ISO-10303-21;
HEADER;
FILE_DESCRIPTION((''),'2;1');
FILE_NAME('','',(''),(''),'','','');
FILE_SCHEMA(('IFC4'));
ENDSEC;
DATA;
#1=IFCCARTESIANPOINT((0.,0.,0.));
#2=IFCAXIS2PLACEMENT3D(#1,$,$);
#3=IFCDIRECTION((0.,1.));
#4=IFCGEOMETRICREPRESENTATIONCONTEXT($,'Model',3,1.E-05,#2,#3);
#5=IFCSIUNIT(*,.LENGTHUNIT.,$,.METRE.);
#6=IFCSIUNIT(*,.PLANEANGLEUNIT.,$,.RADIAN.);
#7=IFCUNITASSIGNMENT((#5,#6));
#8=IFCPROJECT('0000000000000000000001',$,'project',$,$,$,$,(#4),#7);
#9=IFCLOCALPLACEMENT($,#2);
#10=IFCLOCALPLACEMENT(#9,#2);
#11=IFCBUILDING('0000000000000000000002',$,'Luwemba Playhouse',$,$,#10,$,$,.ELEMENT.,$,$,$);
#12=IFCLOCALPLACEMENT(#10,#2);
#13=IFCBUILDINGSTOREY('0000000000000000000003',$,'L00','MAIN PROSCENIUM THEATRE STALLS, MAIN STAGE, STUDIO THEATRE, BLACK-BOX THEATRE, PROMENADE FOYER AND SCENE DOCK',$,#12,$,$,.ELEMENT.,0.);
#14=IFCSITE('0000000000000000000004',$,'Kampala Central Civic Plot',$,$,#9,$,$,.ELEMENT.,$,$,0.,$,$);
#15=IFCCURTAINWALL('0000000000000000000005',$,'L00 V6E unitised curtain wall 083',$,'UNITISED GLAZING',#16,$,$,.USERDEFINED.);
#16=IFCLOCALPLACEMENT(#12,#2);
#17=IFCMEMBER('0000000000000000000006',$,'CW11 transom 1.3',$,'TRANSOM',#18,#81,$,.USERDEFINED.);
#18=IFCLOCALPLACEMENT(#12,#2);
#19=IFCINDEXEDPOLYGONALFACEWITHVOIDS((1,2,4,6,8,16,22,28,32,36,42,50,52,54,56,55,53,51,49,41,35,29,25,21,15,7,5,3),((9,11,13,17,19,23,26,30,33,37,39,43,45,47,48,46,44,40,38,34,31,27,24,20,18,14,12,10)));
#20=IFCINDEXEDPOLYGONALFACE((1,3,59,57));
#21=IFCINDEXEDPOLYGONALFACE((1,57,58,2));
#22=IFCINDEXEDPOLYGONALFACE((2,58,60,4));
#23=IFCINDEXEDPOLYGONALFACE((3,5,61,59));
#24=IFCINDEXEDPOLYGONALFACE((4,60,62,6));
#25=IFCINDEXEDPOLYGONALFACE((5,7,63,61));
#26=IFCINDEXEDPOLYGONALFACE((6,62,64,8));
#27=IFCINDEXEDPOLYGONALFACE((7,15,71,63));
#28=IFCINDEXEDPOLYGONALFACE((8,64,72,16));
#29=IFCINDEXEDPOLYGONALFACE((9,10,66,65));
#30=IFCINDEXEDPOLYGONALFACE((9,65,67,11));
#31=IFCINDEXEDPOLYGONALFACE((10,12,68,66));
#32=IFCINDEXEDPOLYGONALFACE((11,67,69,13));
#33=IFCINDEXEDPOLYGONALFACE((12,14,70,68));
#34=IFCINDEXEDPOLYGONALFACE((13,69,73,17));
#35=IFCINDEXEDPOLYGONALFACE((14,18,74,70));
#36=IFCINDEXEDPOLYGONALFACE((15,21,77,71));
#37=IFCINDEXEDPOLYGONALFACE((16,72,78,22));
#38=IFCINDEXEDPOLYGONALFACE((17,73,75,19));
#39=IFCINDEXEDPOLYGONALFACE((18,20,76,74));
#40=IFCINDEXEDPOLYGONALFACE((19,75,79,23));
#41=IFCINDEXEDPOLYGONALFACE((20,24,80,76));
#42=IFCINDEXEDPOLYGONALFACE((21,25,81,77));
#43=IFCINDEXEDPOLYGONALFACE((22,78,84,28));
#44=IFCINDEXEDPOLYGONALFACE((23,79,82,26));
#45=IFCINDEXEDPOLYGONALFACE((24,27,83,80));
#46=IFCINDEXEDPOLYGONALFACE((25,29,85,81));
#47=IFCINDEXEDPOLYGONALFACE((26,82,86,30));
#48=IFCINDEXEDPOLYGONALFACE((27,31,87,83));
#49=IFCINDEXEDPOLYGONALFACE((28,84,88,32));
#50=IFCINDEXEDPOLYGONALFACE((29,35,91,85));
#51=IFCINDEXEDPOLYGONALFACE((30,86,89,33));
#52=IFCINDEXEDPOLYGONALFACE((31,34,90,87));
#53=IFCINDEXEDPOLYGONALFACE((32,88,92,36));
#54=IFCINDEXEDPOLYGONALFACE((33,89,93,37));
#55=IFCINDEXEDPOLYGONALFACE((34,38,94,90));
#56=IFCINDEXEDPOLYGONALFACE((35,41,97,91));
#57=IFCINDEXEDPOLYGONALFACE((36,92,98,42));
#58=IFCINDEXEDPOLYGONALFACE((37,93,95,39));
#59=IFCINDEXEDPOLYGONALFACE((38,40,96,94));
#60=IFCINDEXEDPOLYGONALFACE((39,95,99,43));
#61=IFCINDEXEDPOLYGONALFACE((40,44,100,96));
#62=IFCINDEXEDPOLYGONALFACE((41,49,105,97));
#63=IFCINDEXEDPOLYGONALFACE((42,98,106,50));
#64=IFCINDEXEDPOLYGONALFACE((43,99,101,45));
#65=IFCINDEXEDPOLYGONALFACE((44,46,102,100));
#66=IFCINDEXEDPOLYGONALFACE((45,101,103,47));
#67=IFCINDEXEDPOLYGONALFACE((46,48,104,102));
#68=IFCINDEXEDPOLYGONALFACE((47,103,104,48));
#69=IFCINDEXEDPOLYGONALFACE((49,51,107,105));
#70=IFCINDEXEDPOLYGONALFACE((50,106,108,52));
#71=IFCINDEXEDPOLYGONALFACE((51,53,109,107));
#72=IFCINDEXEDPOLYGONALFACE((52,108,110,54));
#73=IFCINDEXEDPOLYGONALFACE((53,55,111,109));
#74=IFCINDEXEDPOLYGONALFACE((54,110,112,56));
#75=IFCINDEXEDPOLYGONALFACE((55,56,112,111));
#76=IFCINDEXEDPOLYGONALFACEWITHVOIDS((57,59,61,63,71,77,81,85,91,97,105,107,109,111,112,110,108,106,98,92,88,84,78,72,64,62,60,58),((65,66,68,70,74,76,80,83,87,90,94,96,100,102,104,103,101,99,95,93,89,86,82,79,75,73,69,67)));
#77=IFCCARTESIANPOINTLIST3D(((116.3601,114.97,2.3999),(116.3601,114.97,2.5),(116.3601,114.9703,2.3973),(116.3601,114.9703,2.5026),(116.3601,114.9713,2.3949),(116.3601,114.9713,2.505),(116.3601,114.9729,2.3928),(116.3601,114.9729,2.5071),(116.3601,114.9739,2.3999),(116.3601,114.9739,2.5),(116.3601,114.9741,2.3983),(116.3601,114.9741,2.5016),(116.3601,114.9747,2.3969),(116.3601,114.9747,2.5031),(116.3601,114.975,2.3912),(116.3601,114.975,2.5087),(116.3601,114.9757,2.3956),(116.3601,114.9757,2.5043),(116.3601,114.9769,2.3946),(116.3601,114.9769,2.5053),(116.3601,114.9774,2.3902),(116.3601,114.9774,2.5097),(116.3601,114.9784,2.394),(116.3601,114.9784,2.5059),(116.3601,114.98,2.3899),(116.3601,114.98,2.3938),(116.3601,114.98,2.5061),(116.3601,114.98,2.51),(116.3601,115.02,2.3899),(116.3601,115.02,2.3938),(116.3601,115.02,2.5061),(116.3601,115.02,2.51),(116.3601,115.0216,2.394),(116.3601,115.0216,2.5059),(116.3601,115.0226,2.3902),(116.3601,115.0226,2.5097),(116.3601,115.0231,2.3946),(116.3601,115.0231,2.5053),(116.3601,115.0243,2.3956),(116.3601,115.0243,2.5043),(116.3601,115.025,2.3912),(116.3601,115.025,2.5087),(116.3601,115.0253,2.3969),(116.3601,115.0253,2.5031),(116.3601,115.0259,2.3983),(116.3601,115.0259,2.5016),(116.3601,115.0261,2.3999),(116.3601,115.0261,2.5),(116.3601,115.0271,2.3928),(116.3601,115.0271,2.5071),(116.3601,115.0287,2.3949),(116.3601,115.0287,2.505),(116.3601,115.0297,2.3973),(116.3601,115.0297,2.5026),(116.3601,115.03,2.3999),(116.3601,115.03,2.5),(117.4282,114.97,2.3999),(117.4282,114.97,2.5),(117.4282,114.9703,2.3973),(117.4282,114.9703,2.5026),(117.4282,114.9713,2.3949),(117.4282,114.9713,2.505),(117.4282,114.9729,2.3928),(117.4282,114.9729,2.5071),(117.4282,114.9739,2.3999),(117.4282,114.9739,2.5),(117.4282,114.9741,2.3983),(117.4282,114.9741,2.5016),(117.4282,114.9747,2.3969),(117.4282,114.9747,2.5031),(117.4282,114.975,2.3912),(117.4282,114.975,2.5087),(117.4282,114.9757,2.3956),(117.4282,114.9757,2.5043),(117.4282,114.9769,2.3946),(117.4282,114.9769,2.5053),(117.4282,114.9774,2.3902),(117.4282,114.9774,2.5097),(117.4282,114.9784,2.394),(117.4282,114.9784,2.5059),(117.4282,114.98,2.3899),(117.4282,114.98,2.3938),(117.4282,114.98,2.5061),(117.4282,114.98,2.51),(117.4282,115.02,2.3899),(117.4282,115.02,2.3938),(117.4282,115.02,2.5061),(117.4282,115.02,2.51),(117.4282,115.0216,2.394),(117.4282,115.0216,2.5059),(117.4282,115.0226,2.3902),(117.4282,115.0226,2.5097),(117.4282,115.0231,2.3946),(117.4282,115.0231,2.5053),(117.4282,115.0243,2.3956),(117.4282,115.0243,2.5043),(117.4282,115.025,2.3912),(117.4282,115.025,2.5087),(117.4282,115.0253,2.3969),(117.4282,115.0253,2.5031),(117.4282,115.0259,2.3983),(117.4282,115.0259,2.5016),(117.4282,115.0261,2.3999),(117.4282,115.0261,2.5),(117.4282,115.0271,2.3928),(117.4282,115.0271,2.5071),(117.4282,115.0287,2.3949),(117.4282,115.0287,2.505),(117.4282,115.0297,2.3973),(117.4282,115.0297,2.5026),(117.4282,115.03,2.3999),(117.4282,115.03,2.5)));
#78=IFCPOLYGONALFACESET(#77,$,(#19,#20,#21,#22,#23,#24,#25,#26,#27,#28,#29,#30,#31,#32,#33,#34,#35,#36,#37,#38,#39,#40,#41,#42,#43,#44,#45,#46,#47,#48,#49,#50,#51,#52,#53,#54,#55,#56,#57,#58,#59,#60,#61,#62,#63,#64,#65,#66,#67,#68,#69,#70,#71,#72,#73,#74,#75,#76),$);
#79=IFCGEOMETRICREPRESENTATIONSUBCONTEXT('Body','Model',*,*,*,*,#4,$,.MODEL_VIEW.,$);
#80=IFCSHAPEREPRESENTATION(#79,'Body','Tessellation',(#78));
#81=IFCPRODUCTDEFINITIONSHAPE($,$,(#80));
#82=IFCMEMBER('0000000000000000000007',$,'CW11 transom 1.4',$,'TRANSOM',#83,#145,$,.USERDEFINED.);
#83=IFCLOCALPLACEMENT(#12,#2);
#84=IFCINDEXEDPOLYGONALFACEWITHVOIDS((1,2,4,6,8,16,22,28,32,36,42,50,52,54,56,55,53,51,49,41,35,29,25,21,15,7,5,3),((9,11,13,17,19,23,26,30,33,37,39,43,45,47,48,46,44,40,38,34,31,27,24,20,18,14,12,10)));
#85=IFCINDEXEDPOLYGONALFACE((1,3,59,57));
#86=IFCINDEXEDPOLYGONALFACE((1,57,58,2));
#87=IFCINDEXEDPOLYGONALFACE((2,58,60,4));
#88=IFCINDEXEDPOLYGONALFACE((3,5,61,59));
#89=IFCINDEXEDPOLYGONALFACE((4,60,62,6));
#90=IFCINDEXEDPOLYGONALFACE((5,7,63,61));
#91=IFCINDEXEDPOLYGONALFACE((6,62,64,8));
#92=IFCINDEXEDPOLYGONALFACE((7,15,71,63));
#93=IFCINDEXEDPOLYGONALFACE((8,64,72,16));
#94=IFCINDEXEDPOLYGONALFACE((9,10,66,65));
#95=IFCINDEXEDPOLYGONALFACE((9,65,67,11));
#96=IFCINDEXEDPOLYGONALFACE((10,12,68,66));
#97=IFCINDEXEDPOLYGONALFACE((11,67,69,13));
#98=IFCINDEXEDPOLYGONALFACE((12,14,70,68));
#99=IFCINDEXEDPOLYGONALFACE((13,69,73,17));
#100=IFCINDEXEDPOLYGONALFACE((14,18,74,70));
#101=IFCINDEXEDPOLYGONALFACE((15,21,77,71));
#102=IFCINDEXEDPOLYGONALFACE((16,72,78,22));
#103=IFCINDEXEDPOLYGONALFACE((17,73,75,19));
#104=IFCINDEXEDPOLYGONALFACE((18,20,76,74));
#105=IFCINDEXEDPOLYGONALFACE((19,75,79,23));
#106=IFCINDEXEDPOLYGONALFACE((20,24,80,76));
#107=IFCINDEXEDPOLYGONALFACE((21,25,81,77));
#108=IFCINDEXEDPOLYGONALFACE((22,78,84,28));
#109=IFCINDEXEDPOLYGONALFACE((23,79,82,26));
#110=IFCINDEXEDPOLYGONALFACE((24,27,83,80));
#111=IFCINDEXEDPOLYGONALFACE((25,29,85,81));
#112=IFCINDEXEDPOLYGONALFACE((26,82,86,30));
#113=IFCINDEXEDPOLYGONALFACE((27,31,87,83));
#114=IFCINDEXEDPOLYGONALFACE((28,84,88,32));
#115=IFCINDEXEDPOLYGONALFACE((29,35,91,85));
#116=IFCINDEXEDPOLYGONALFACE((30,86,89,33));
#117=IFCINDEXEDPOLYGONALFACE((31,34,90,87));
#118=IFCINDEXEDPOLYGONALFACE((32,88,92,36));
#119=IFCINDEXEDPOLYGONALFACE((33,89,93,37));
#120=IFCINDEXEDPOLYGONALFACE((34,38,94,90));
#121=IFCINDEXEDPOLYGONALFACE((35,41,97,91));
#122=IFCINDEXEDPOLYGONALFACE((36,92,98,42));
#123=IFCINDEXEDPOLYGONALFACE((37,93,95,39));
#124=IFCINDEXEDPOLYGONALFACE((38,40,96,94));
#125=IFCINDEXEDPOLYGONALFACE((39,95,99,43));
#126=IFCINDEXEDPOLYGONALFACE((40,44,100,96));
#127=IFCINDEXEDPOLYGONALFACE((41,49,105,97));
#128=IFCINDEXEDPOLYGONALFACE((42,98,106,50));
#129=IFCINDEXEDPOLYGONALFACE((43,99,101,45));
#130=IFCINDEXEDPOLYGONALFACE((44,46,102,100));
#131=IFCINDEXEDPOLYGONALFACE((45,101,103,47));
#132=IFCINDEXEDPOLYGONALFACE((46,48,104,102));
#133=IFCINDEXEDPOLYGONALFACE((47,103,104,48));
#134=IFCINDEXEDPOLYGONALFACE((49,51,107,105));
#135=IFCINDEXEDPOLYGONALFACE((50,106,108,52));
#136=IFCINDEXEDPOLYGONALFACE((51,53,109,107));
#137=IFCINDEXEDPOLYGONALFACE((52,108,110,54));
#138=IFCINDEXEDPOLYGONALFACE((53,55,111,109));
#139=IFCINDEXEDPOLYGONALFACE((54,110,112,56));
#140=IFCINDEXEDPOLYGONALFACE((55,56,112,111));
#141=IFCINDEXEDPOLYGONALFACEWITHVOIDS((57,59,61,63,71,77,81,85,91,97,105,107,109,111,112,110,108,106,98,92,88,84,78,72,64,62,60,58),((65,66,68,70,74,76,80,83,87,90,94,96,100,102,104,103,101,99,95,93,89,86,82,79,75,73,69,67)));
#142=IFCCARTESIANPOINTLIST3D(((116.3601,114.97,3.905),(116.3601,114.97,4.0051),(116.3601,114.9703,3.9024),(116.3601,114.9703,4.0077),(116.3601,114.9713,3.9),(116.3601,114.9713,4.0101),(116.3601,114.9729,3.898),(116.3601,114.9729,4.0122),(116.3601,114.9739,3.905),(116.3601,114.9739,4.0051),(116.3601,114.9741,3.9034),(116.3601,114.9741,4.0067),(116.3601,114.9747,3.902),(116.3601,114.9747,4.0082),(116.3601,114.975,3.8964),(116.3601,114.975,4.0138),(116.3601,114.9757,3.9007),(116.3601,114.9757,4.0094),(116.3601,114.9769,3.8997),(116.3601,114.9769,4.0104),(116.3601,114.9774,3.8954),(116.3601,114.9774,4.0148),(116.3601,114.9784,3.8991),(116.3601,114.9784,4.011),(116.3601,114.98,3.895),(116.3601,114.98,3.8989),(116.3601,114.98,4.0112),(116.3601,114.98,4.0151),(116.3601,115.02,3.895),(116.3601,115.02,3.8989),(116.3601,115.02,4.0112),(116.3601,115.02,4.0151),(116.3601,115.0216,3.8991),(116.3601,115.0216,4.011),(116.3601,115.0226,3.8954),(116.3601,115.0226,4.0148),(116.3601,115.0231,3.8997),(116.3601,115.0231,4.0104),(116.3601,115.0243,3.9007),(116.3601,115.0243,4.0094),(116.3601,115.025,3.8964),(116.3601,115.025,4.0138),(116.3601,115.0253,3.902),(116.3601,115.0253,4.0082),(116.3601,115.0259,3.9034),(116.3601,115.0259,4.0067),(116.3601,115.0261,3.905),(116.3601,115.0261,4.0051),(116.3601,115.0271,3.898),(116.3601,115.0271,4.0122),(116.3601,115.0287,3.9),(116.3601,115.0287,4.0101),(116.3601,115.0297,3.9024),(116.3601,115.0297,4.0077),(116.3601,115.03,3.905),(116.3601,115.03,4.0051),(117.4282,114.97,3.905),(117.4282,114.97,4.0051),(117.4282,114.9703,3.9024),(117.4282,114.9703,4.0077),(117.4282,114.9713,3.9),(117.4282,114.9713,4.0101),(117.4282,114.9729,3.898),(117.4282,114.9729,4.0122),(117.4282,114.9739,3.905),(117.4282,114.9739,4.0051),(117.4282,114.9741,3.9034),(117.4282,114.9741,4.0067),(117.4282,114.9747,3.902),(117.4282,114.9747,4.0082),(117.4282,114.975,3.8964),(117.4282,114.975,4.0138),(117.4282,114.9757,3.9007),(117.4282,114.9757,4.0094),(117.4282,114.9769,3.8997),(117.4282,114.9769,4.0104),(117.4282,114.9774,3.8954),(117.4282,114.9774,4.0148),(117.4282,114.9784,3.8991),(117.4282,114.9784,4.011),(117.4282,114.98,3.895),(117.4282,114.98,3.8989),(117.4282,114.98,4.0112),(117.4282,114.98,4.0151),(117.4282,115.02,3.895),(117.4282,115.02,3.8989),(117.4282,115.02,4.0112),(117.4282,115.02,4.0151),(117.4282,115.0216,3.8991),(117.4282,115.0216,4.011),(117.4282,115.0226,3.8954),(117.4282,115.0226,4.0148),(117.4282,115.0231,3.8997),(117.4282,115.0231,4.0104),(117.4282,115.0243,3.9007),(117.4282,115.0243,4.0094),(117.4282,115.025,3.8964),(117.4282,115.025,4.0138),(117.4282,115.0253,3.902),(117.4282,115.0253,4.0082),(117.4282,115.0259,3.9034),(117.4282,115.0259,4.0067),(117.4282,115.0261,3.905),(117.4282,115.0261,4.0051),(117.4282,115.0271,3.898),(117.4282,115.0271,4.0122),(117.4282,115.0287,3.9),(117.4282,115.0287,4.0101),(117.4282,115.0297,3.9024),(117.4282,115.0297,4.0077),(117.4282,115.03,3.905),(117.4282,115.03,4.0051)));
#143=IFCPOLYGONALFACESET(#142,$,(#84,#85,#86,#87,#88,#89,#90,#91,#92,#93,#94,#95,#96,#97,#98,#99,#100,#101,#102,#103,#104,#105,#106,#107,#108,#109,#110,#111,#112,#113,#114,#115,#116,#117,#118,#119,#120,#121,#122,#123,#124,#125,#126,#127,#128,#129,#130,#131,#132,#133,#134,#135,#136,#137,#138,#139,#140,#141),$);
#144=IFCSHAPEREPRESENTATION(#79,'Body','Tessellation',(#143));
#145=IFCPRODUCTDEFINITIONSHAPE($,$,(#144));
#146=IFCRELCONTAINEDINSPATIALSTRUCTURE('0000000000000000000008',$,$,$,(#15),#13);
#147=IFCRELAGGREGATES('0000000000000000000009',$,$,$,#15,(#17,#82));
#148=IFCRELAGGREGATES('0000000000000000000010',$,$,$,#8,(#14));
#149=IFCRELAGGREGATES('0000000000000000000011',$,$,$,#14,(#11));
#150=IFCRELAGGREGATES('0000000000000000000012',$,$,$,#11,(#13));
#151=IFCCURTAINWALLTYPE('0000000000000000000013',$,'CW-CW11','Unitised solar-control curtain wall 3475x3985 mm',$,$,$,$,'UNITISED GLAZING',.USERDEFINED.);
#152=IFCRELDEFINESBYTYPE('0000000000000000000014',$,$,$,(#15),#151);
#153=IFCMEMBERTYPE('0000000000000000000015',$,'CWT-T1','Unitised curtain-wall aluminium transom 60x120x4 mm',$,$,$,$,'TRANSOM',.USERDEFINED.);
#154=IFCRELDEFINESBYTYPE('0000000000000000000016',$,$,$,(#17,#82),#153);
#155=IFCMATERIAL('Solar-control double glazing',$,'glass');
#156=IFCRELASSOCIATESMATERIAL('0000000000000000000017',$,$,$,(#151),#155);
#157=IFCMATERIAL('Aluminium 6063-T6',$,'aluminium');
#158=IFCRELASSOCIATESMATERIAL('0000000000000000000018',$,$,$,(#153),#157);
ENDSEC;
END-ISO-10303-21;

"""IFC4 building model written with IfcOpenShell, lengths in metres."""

from ifc_helpers import new_model, si_unit, direction, frame, origin, origin_2d, place, context, subcontext, project, spatial, hollow_rectangle, extrude, material, material_profile, profile_set, type_object, element, aggregate, save


model = new_model("IFC4")

# Units and contexts
model_context = context("Model", 3, precision=1e-05, world=origin(), true_north=direction((0.0, 1.0)))
body_context = subcontext(model_context, "Body", "Model", "MODEL_VIEW")
ifc_project = project(units=[si_unit("LENGTHUNIT", "METRE"), si_unit("PLANEANGLEUNIT", "RADIAN")], contexts=[model_context])

# Site, building, storey
site_placement = place(None, origin())
site = spatial("IfcSite", under=ifc_project, at=site_placement, Name="Kampala Central Civic Plot", CompositionType="ELEMENT", RefElevation=0.0)
building_placement = place(site_placement, origin())
building = spatial("IfcBuilding", under=site, at=building_placement, Name="Luwemba Playhouse", CompositionType="ELEMENT")
storey_placement = place(building_placement, origin())
storey = spatial("IfcBuildingStorey", under=building, at=storey_placement, Name="L00", Description="MAIN PROSCENIUM THEATRE STALLS, MAIN STAGE, STUDIO THEATRE, BLACK-BOX THEATRE, PROMENADE FOYER AND SCENE DOCK", CompositionType="ELEMENT", Elevation=0.0)

# Curtain wall, members
ifc_material_1 = material(Name="Solar-control double glazing", Category="glass")
curtain_wall_type = type_object("IfcCurtainWallType", Name="CW-CW11", Description="Unitised solar-control curtain wall 3475x3985 mm", ElementType="UNITISED GLAZING", PredefinedType="USERDEFINED", material=ifc_material_1)
curtain_wall_placement = place(storey_placement, origin())
curtain_wall = element("IfcCurtainWall", 1, at=curtain_wall_placement, inside=storey, type_object=curtain_wall_type, Name="L00 V6E unitised curtain wall 083", ObjectType="UNITISED GLAZING", PredefinedType="USERDEFINED")
ifc_material_2 = material(Name="Aluminium 6063-T6", Category="aluminium")
ifc_material_profile_1 = material_profile(ifc_material_2, hollow_rectangle(XDim=0.0601, YDim=0.1201, WallThickness=0.0039, InnerFilletRadius=0.0061, OuterFilletRadius=0.01, at=origin_2d()))
ifc_profile_set_1 = profile_set([ifc_material_profile_1], Name="Aluminium 6063-T6")
member_type_1 = type_object("IfcMemberType", Name="CWT-T1", Description="Unitised curtain-wall aluminium transom 60x120x4 mm", ElementType="TRANSOM", PredefinedType="USERDEFINED", material=ifc_profile_set_1)
member_1_placement = place(storey_placement, frame((116.3601, 115.0, 2.45), z_axis=(1.0, 0.0, 0.0), x_axis=(0.0, 1.0, 0.0)))
member_1 = element("IfcMember", 2, at=member_1_placement, type_object=member_type_1, Name="CW11 transom 1.3", ObjectType="TRANSOM", PredefinedType="USERDEFINED", context=body_context, shape_type="SweptSolid", body=[
    extrude(hollow_rectangle(XDim=0.0601, YDim=0.1201, WallThickness=0.0039, InnerFilletRadius=0.0061, OuterFilletRadius=0.01, at=origin_2d()), origin(), (0.0, 0.0, 1.0), 1.0681),
])
member_2_placement = place(storey_placement, frame((116.3601, 115.0, 3.9551), z_axis=(1.0, 0.0, 0.0), x_axis=(0.0, 1.0, 0.0)))
member_2 = element("IfcMember", 3, at=member_2_placement, type_object=member_type_1, Name="CW11 transom 1.4", ObjectType="TRANSOM", PredefinedType="USERDEFINED", context=body_context, shape_type="SweptSolid", body=[
    extrude(hollow_rectangle(XDim=0.0601, YDim=0.1201, WallThickness=0.0039, InnerFilletRadius=0.0061, OuterFilletRadius=0.01, at=origin_2d()), origin(), (0.0, 0.0, 1.0), 1.0681),
])
aggregate(curtain_wall, [member_1, member_2])

save(model, "model.ifc")
